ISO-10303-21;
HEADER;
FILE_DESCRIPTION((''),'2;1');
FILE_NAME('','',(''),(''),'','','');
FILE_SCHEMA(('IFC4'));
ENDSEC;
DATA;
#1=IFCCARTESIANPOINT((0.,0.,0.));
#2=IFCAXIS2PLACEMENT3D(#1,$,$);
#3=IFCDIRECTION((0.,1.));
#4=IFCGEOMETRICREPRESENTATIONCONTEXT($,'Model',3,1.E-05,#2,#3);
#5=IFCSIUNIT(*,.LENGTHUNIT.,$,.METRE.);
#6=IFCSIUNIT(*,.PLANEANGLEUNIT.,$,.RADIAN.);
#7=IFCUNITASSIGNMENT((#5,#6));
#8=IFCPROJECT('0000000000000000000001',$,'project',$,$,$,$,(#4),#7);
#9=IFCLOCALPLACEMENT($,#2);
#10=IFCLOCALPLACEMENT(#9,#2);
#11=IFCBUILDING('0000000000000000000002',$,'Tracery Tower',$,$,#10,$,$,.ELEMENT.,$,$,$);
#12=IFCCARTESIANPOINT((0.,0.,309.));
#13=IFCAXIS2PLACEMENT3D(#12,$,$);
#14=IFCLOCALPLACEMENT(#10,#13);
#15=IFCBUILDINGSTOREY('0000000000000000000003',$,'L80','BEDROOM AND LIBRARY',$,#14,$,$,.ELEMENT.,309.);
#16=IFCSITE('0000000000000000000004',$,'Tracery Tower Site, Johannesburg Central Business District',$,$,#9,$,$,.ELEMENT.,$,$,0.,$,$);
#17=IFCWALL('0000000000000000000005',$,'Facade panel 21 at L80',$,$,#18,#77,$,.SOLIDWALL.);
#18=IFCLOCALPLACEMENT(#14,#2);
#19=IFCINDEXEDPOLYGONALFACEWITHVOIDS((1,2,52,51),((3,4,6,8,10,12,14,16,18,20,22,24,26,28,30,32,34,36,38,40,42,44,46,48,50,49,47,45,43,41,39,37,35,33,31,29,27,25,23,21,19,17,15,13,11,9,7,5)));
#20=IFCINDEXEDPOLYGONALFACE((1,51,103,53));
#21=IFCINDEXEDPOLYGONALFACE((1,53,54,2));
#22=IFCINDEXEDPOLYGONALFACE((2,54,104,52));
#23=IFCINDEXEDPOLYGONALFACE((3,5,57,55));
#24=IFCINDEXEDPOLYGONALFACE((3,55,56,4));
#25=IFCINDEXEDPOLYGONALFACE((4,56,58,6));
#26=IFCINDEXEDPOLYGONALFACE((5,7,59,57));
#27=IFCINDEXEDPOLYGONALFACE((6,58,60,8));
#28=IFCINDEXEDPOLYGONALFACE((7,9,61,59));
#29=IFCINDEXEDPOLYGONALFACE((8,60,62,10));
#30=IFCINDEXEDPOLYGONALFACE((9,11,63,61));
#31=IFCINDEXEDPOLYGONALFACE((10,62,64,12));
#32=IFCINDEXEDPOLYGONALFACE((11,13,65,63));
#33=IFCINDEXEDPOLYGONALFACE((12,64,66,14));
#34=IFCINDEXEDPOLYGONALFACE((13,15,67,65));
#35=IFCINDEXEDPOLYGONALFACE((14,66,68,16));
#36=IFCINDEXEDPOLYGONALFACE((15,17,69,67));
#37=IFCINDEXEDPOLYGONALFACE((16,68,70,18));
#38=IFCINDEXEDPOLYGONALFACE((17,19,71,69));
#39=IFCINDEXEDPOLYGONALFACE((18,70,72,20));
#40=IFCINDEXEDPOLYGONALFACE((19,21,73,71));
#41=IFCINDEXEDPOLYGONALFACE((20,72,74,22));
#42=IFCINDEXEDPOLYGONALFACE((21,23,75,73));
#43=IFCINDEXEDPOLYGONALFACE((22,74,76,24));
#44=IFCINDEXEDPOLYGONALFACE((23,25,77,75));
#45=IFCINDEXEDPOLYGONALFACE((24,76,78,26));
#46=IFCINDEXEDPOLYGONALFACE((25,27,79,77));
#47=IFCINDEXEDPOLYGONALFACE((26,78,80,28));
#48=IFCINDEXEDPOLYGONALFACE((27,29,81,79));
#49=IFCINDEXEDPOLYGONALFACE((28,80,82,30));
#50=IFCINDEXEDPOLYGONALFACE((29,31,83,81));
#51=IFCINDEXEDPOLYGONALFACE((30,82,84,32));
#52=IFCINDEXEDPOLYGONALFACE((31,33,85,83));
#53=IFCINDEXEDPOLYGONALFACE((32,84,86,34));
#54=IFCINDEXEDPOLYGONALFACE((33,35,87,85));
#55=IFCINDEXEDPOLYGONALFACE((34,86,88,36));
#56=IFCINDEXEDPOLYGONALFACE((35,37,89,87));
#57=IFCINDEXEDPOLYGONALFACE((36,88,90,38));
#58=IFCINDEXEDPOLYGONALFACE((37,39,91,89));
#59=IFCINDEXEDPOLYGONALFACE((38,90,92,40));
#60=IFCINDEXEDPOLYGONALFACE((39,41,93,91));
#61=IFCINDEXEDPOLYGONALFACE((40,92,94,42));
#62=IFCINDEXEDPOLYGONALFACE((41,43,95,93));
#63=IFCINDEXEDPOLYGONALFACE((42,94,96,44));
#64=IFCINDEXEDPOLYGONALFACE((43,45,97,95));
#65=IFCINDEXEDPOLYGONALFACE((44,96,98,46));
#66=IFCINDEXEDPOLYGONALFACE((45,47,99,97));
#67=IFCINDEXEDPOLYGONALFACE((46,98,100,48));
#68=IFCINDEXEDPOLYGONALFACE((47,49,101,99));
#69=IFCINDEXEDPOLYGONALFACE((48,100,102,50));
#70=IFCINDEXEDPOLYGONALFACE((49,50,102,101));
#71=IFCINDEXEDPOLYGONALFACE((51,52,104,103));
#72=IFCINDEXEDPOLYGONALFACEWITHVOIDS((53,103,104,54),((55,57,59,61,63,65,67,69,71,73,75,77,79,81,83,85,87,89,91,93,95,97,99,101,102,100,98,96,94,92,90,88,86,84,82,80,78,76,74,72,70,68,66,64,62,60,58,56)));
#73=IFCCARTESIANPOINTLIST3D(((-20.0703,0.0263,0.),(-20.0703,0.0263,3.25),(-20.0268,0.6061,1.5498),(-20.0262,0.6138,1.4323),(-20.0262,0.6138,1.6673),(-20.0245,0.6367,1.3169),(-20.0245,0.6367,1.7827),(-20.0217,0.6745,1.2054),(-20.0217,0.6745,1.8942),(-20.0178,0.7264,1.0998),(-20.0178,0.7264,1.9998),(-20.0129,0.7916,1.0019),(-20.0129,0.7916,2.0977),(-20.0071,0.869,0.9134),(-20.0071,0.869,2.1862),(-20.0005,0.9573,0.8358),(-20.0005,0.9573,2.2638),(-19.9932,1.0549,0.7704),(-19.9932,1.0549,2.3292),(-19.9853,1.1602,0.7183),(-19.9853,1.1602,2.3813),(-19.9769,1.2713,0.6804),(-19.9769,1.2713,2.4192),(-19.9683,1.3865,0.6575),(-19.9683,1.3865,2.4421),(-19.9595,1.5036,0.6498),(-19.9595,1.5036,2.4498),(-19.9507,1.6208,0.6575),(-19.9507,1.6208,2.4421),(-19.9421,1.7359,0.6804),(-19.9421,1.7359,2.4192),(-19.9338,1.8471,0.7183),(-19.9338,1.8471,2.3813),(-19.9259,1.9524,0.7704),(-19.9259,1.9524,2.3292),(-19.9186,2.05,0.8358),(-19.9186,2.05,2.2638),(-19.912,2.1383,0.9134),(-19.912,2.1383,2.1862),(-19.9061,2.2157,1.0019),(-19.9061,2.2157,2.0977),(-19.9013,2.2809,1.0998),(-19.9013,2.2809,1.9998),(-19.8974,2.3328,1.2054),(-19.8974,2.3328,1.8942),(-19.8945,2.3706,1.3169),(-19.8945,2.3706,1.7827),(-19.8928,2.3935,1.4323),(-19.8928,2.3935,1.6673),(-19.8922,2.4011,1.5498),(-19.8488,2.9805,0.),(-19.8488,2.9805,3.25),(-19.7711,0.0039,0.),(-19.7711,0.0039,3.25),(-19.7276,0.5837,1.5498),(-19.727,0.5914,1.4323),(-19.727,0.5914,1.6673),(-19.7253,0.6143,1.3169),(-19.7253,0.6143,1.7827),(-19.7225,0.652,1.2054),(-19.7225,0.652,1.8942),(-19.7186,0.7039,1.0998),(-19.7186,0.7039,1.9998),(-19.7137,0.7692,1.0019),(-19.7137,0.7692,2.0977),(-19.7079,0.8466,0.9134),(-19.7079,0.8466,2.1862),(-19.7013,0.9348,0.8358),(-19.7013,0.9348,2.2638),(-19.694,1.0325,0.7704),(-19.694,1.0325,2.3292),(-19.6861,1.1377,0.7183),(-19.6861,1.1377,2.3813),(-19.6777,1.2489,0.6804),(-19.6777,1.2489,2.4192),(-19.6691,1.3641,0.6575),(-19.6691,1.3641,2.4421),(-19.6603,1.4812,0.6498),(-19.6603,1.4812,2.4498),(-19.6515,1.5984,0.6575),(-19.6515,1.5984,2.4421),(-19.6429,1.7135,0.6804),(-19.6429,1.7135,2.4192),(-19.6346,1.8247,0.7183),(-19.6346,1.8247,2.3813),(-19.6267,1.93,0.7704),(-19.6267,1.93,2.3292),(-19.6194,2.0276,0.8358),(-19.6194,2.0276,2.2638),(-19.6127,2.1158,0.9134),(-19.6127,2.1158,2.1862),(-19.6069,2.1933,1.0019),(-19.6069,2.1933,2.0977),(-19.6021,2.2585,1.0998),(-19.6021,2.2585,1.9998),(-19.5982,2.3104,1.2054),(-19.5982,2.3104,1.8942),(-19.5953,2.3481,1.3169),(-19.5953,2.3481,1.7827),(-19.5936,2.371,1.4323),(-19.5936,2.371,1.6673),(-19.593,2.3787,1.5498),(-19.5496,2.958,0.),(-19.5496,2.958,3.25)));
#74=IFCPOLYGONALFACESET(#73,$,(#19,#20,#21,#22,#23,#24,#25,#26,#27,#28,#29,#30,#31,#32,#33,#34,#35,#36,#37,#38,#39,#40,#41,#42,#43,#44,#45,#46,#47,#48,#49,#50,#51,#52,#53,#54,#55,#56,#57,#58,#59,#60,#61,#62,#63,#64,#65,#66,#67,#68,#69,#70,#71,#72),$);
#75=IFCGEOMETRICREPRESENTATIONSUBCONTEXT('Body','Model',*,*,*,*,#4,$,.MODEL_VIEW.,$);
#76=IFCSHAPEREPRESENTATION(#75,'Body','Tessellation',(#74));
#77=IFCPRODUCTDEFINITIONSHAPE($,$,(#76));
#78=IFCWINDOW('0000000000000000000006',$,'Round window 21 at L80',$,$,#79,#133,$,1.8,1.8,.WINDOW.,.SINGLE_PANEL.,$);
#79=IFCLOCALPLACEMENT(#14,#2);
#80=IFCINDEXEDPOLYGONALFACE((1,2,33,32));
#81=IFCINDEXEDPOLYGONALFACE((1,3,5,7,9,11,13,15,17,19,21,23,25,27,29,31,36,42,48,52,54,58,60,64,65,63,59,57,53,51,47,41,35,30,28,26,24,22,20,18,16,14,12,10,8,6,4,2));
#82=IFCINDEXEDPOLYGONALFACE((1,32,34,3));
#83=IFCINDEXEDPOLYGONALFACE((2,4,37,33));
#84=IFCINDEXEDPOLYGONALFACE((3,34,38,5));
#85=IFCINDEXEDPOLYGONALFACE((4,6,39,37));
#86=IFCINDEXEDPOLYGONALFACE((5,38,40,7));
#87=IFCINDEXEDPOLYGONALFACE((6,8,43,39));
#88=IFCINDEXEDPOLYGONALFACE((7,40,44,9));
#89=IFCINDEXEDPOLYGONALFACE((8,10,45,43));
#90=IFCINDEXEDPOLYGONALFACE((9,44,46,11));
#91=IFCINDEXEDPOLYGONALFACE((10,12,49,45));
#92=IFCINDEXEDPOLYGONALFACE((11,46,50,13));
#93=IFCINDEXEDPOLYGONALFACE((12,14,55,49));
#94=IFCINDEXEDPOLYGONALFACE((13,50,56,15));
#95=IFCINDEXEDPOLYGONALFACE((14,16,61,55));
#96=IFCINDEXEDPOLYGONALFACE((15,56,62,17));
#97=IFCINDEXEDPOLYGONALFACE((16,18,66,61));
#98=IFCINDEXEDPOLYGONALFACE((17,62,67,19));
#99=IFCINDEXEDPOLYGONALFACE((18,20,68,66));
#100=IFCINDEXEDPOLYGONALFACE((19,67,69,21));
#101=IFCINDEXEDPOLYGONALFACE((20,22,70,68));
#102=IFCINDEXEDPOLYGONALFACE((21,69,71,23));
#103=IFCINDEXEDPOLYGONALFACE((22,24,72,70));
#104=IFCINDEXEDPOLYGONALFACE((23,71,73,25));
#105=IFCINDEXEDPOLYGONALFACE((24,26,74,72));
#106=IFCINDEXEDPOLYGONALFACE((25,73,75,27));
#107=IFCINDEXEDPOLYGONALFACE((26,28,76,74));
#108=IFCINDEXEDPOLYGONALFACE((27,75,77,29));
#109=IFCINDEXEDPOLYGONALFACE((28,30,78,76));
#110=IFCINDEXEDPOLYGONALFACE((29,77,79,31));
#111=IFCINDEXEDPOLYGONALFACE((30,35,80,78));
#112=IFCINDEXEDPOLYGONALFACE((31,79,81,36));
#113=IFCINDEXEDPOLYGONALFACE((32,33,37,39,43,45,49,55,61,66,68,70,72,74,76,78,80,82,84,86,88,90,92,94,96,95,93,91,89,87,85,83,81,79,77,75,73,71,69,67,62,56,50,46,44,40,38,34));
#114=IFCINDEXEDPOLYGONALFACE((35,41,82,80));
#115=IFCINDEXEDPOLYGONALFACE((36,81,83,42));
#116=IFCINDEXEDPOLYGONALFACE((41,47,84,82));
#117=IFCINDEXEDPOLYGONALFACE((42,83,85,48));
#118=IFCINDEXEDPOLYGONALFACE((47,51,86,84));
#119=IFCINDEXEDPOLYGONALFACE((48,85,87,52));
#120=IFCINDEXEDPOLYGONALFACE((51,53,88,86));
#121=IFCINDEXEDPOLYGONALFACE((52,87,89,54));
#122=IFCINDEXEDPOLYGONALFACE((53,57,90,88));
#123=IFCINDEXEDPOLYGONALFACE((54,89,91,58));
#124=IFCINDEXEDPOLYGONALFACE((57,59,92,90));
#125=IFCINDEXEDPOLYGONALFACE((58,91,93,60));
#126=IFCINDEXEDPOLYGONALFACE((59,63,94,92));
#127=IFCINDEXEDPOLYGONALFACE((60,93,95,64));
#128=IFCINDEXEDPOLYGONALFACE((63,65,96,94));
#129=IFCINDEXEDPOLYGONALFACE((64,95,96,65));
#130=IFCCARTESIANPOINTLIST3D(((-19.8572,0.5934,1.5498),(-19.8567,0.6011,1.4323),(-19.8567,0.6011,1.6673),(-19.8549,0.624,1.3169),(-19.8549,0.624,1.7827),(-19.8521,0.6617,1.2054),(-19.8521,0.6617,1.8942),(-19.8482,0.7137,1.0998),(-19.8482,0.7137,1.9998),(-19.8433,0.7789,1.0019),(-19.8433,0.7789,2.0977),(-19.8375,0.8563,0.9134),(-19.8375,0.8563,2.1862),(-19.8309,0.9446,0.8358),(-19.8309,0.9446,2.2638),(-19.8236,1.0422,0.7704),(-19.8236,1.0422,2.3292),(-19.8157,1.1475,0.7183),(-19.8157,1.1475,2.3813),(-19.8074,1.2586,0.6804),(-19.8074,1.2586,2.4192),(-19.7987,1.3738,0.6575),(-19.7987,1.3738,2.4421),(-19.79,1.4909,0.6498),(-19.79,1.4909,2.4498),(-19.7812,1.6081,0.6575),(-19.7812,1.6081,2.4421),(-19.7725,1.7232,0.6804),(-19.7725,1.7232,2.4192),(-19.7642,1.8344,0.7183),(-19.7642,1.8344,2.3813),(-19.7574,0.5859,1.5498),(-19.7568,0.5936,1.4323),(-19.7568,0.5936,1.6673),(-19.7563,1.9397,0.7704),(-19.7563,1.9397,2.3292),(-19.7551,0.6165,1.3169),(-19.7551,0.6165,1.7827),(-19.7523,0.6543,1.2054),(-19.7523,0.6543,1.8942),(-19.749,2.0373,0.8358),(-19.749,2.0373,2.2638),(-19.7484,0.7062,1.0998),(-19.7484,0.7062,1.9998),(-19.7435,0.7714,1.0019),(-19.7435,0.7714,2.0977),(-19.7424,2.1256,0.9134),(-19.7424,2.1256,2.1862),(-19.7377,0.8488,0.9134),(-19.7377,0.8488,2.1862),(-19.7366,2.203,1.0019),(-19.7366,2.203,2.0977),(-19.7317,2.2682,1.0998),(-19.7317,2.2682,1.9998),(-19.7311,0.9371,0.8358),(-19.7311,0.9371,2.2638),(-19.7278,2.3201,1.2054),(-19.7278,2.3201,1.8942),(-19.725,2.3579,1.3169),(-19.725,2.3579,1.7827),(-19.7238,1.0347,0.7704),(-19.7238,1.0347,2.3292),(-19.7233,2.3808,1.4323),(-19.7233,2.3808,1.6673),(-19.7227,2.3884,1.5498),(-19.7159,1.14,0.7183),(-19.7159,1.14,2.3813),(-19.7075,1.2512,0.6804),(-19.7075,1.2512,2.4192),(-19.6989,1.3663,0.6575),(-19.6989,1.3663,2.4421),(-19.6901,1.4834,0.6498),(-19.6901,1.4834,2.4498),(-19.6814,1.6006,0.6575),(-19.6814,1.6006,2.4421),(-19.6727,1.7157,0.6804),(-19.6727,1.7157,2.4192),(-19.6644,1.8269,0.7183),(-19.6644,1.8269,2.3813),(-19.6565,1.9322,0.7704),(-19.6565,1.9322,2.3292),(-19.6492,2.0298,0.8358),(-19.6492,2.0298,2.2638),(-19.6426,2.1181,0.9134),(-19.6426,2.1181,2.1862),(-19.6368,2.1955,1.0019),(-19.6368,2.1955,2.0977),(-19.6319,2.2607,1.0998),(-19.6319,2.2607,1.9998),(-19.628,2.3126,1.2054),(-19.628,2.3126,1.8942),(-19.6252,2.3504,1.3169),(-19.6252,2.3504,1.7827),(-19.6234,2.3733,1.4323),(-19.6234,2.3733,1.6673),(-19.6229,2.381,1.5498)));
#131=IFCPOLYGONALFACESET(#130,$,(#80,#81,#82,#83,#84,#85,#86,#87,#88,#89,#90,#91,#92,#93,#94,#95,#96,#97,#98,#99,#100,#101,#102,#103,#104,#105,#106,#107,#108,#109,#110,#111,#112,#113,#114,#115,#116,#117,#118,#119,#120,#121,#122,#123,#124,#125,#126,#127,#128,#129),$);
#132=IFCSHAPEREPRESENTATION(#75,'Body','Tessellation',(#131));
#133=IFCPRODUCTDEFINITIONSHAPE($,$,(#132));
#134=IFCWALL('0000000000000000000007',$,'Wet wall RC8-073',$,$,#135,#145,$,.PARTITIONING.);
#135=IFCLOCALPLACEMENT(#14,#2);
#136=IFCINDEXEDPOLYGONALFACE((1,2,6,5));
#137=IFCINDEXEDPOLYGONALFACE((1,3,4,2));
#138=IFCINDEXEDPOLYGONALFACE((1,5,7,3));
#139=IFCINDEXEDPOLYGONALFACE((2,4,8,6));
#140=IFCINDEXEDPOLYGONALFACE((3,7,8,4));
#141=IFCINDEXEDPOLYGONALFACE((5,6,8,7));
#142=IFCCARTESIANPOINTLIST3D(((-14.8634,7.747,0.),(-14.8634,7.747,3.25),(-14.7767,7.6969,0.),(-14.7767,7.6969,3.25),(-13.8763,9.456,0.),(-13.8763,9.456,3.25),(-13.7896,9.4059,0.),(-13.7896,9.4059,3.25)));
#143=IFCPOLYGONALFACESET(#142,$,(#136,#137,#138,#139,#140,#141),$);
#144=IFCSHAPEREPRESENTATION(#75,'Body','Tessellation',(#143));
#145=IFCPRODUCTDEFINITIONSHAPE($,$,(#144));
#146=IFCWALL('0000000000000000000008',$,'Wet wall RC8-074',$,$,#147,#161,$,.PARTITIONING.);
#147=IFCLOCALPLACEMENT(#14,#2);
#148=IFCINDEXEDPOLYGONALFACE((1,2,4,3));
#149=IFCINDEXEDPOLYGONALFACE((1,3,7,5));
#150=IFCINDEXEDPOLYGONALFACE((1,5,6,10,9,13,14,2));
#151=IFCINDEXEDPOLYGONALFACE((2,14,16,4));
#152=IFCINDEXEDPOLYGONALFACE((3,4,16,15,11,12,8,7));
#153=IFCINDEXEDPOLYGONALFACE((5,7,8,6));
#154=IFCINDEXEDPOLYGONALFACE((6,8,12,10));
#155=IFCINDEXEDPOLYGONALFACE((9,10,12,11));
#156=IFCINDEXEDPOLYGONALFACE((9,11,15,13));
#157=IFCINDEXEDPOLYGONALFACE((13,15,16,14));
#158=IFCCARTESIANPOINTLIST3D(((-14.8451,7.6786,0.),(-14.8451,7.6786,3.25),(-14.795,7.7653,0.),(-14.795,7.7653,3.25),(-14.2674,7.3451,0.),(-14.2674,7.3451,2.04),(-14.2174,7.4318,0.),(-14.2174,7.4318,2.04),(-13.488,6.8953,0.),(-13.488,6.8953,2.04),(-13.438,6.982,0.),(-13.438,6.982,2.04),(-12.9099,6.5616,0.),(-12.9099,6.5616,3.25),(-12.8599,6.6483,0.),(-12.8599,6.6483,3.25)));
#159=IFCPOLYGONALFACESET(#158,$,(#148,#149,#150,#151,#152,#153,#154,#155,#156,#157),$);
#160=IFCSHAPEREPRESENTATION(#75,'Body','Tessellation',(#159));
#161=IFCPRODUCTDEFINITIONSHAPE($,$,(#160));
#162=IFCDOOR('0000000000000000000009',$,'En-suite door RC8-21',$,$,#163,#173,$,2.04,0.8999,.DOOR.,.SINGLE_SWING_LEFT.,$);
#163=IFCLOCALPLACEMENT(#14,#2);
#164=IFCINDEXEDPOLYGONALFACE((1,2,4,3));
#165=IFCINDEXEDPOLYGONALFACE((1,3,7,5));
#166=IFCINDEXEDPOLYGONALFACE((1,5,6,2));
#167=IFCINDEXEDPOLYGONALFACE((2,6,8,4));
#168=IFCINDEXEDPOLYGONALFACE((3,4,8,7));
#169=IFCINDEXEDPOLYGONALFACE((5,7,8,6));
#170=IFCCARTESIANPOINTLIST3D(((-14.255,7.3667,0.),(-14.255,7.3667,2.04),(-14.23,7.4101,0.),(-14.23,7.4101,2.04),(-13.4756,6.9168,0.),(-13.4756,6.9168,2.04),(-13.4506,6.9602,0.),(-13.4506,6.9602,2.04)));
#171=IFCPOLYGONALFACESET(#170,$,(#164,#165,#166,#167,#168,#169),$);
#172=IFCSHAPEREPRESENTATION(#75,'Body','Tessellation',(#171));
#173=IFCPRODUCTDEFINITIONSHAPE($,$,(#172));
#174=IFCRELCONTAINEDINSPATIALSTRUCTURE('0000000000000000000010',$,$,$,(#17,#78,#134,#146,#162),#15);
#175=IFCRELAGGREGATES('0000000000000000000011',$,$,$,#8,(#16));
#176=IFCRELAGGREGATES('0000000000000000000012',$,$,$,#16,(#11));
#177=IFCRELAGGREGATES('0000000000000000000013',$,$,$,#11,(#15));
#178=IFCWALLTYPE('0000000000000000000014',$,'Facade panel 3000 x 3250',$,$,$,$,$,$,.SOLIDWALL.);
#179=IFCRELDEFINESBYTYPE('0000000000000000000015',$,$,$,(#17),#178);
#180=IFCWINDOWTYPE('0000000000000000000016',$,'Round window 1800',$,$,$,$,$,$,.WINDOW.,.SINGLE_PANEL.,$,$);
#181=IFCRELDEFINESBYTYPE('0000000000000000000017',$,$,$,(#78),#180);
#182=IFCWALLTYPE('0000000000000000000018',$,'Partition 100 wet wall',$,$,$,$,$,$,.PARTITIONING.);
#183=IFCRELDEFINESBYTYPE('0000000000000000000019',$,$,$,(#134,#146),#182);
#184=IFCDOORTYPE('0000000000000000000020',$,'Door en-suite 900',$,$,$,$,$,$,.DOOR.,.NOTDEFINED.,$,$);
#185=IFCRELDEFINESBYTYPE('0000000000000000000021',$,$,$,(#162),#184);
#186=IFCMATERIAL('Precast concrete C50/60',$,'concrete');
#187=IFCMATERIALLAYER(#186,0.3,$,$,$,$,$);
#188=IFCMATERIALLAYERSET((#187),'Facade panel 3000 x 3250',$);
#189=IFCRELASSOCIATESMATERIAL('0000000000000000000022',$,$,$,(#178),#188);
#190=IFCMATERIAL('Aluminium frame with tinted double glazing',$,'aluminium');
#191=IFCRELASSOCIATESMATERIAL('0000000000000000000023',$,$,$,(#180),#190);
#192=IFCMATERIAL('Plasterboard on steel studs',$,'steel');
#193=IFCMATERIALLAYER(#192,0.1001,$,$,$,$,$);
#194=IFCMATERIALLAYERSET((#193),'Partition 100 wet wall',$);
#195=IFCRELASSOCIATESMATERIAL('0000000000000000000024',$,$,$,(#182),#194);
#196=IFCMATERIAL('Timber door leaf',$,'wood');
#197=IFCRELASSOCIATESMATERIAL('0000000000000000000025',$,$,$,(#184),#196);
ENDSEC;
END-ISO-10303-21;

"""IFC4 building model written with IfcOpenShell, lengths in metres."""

from ifc_helpers import new_model, si_unit, direction, frame, frame_2d, origin, origin_2d, place, context, subcontext, project, spatial, rectangle, circle, extrude, material, layer, layer_set, type_object, element, fill, save


model = new_model("IFC4")

# Units and contexts
model_context = context("Model", 3, precision=1e-05, world=origin(), true_north=direction((0.0, 1.0)))
body_context = subcontext(model_context, "Body", "Model", "MODEL_VIEW")
ifc_project = project(units=[si_unit("LENGTHUNIT", "METRE"), si_unit("PLANEANGLEUNIT", "RADIAN")], contexts=[model_context])

# Site, building, storey
site_placement = place(None, origin())
site = spatial("IfcSite", under=ifc_project, at=site_placement, Name="Tracery Tower Site, Johannesburg Central Business District", CompositionType="ELEMENT", RefElevation=0.0)
building_placement = place(site_placement, origin())
building = spatial("IfcBuilding", under=site, at=building_placement, Name="Tracery Tower", CompositionType="ELEMENT")
storey_placement = place(building_placement, frame((0.0, 0.0, 309.0)))
storey = spatial("IfcBuildingStorey", under=building, at=storey_placement, Name="L80", Description="BEDROOM AND LIBRARY", CompositionType="ELEMENT", Elevation=309.0)

# Wall, opening, window
ifc_material_1 = material(Name="Precast concrete C50/60", Category="concrete")
ifc_layer_1 = layer(ifc_material_1, 0.3)
ifc_layer_set_1 = layer_set([ifc_layer_1], Name="Facade panel 3000 x 3250")
wall_type_1 = type_object("IfcWallType", Name="Facade panel 3000 x 3250", PredefinedType="SOLIDWALL", material=ifc_layer_set_1)
ifc_material_2 = material(Name="Aluminium frame with tinted double glazing", Category="aluminium")
window_type = type_object("IfcWindowType", Name="Round window 1800", PartitioningType="SINGLE_PANEL", PredefinedType="WINDOW", material=ifc_material_2)
wall_1_placement = place(storey_placement, frame((-19.6992, 2.9692, 0.0), z_axis=(0.0, 0.0, 1.0), x_axis=(-0.074749, -0.997202, 0.0)))
wall_1 = element("IfcWall", 1, at=wall_1_placement, inside=storey, type_object=wall_type_1, Name="Facade panel 21 at L80", PredefinedType="SOLIDWALL", context=body_context, shape_type="SweptSolid", body=[
    extrude(rectangle(XDim=2.9624, YDim=0.3, at=frame_2d((1.4812, 0.0))), origin(), (0.0, 0.0, 1.0), 3.25),
])
opening_1_placement = place(wall_1_placement, frame((1.481, 0.0, 1.5498)))
opening_1 = element("IfcOpeningElement", 2, at=opening_1_placement, cuts=wall_1, PredefinedType="OPENING", context=body_context, shape_type="SweptSolid", body=[
    extrude(circle(Radius=0.9, at=origin_2d()), frame((0.0, 0.1599, 0.0), z_axis=(0.0, -1.0, 0.0), x_axis=(1.0, 0.0, 0.0)), (0.0, 0.0, 1.0), 0.3201),
])
window_1_placement = place(opening_1_placement, origin())
window_1 = element("IfcWindow", 3, at=window_1_placement, inside=storey, type_object=window_type, Name="Round window 21 at L80", OverallHeight=1.8, OverallWidth=1.8, PartitioningType="SINGLE_PANEL", PredefinedType="WINDOW", context=body_context, shape_type="SweptSolid", body=[
    extrude(circle(Radius=0.9, at=origin_2d()), frame((0.0, 0.1201, 0.0), z_axis=(0.0, -1.0, 0.0), x_axis=(1.0, 0.0, 0.0)), (0.0, 0.0, 1.0), 0.1001),
])
fill(opening_1, window_1)

# Wall
ifc_material_3 = material(Name="Plasterboard on steel studs", Category="steel")
ifc_layer_2 = layer(ifc_material_3, 0.1001)
ifc_layer_set_2 = layer_set([ifc_layer_2], Name="Partition 100 wet wall")
wall_type_2 = type_object("IfcWallType", Name="Partition 100 wet wall", PredefinedType="PARTITIONING", material=ifc_layer_set_2)
wall_2_placement = place(storey_placement, frame((-14.8201, 7.7219, 0.0), z_axis=(0.0, 0.0, 1.0), x_axis=(0.500144, 0.865942, 0.0)))
element("IfcWall", 4, at=wall_2_placement, inside=storey, type_object=wall_type_2, Name="Wet wall RC8-073", PredefinedType="PARTITIONING", context=body_context, shape_type="SweptSolid", body=[
    extrude(rectangle(XDim=1.9736, YDim=0.1001, at=frame_2d((0.9868, 0.0))), origin(), (0.0, 0.0, 1.0), 3.25),
])

# Wall, opening, door
wall_3_placement = place(storey_placement, frame((-14.8201, 7.7219, 0.0), z_axis=(0.0, 0.0, 1.0), x_axis=(0.866076, -0.499912, 0.0)))
wall_3 = element("IfcWall", 5, at=wall_3_placement, inside=storey, type_object=wall_type_2, Name="Wet wall RC8-074", PredefinedType="PARTITIONING", context=body_context, shape_type="SweptSolid", body=[
    extrude(rectangle(XDim=2.2344, YDim=0.1001, at=frame_2d((1.1172, 0.0))), origin(), (0.0, 0.0, 1.0), 3.25),
])
opening_2_placement = place(wall_3_placement, frame((0.667, 0.0, 0.0)))
opening_2 = element("IfcOpeningElement", 6, at=opening_2_placement, cuts=wall_3, PredefinedType="OPENING", context=body_context, shape_type="SweptSolid", body=[
    extrude(rectangle(XDim=0.8999, YDim=2.04, at=frame_2d((0.45, 1.02))), frame((0.0, 0.05, 0.0), z_axis=(0.0, -1.0, 0.0), x_axis=(1.0, 0.0, 0.0)), (0.0, 0.0, 1.0), 0.1001),
])
ifc_material_4 = material(Name="Timber door leaf", Category="wood")
door_type = type_object("IfcDoorType", Name="Door en-suite 900", OperationType="NOTDEFINED", PredefinedType="DOOR", material=ifc_material_4)
door_1_placement = place(opening_2_placement, origin())
door_1 = element("IfcDoor", 7, at=door_1_placement, inside=storey, type_object=door_type, Name="En-suite door RC8-21", OperationType="SINGLE_SWING_LEFT", OverallHeight=2.04, OverallWidth=0.8999, PredefinedType="DOOR", context=body_context, shape_type="SweptSolid", body=[
    extrude(rectangle(XDim=0.8999, YDim=2.04, at=frame_2d((0.45, 1.02))), frame((0.0, 0.0249, 0.0), z_axis=(0.0, -1.0, 0.0), x_axis=(1.0, 0.0, 0.0)), (0.0, 0.0, 1.0), 0.05),
])
fill(opening_2, door_1)

save(model, "model.ifc")
